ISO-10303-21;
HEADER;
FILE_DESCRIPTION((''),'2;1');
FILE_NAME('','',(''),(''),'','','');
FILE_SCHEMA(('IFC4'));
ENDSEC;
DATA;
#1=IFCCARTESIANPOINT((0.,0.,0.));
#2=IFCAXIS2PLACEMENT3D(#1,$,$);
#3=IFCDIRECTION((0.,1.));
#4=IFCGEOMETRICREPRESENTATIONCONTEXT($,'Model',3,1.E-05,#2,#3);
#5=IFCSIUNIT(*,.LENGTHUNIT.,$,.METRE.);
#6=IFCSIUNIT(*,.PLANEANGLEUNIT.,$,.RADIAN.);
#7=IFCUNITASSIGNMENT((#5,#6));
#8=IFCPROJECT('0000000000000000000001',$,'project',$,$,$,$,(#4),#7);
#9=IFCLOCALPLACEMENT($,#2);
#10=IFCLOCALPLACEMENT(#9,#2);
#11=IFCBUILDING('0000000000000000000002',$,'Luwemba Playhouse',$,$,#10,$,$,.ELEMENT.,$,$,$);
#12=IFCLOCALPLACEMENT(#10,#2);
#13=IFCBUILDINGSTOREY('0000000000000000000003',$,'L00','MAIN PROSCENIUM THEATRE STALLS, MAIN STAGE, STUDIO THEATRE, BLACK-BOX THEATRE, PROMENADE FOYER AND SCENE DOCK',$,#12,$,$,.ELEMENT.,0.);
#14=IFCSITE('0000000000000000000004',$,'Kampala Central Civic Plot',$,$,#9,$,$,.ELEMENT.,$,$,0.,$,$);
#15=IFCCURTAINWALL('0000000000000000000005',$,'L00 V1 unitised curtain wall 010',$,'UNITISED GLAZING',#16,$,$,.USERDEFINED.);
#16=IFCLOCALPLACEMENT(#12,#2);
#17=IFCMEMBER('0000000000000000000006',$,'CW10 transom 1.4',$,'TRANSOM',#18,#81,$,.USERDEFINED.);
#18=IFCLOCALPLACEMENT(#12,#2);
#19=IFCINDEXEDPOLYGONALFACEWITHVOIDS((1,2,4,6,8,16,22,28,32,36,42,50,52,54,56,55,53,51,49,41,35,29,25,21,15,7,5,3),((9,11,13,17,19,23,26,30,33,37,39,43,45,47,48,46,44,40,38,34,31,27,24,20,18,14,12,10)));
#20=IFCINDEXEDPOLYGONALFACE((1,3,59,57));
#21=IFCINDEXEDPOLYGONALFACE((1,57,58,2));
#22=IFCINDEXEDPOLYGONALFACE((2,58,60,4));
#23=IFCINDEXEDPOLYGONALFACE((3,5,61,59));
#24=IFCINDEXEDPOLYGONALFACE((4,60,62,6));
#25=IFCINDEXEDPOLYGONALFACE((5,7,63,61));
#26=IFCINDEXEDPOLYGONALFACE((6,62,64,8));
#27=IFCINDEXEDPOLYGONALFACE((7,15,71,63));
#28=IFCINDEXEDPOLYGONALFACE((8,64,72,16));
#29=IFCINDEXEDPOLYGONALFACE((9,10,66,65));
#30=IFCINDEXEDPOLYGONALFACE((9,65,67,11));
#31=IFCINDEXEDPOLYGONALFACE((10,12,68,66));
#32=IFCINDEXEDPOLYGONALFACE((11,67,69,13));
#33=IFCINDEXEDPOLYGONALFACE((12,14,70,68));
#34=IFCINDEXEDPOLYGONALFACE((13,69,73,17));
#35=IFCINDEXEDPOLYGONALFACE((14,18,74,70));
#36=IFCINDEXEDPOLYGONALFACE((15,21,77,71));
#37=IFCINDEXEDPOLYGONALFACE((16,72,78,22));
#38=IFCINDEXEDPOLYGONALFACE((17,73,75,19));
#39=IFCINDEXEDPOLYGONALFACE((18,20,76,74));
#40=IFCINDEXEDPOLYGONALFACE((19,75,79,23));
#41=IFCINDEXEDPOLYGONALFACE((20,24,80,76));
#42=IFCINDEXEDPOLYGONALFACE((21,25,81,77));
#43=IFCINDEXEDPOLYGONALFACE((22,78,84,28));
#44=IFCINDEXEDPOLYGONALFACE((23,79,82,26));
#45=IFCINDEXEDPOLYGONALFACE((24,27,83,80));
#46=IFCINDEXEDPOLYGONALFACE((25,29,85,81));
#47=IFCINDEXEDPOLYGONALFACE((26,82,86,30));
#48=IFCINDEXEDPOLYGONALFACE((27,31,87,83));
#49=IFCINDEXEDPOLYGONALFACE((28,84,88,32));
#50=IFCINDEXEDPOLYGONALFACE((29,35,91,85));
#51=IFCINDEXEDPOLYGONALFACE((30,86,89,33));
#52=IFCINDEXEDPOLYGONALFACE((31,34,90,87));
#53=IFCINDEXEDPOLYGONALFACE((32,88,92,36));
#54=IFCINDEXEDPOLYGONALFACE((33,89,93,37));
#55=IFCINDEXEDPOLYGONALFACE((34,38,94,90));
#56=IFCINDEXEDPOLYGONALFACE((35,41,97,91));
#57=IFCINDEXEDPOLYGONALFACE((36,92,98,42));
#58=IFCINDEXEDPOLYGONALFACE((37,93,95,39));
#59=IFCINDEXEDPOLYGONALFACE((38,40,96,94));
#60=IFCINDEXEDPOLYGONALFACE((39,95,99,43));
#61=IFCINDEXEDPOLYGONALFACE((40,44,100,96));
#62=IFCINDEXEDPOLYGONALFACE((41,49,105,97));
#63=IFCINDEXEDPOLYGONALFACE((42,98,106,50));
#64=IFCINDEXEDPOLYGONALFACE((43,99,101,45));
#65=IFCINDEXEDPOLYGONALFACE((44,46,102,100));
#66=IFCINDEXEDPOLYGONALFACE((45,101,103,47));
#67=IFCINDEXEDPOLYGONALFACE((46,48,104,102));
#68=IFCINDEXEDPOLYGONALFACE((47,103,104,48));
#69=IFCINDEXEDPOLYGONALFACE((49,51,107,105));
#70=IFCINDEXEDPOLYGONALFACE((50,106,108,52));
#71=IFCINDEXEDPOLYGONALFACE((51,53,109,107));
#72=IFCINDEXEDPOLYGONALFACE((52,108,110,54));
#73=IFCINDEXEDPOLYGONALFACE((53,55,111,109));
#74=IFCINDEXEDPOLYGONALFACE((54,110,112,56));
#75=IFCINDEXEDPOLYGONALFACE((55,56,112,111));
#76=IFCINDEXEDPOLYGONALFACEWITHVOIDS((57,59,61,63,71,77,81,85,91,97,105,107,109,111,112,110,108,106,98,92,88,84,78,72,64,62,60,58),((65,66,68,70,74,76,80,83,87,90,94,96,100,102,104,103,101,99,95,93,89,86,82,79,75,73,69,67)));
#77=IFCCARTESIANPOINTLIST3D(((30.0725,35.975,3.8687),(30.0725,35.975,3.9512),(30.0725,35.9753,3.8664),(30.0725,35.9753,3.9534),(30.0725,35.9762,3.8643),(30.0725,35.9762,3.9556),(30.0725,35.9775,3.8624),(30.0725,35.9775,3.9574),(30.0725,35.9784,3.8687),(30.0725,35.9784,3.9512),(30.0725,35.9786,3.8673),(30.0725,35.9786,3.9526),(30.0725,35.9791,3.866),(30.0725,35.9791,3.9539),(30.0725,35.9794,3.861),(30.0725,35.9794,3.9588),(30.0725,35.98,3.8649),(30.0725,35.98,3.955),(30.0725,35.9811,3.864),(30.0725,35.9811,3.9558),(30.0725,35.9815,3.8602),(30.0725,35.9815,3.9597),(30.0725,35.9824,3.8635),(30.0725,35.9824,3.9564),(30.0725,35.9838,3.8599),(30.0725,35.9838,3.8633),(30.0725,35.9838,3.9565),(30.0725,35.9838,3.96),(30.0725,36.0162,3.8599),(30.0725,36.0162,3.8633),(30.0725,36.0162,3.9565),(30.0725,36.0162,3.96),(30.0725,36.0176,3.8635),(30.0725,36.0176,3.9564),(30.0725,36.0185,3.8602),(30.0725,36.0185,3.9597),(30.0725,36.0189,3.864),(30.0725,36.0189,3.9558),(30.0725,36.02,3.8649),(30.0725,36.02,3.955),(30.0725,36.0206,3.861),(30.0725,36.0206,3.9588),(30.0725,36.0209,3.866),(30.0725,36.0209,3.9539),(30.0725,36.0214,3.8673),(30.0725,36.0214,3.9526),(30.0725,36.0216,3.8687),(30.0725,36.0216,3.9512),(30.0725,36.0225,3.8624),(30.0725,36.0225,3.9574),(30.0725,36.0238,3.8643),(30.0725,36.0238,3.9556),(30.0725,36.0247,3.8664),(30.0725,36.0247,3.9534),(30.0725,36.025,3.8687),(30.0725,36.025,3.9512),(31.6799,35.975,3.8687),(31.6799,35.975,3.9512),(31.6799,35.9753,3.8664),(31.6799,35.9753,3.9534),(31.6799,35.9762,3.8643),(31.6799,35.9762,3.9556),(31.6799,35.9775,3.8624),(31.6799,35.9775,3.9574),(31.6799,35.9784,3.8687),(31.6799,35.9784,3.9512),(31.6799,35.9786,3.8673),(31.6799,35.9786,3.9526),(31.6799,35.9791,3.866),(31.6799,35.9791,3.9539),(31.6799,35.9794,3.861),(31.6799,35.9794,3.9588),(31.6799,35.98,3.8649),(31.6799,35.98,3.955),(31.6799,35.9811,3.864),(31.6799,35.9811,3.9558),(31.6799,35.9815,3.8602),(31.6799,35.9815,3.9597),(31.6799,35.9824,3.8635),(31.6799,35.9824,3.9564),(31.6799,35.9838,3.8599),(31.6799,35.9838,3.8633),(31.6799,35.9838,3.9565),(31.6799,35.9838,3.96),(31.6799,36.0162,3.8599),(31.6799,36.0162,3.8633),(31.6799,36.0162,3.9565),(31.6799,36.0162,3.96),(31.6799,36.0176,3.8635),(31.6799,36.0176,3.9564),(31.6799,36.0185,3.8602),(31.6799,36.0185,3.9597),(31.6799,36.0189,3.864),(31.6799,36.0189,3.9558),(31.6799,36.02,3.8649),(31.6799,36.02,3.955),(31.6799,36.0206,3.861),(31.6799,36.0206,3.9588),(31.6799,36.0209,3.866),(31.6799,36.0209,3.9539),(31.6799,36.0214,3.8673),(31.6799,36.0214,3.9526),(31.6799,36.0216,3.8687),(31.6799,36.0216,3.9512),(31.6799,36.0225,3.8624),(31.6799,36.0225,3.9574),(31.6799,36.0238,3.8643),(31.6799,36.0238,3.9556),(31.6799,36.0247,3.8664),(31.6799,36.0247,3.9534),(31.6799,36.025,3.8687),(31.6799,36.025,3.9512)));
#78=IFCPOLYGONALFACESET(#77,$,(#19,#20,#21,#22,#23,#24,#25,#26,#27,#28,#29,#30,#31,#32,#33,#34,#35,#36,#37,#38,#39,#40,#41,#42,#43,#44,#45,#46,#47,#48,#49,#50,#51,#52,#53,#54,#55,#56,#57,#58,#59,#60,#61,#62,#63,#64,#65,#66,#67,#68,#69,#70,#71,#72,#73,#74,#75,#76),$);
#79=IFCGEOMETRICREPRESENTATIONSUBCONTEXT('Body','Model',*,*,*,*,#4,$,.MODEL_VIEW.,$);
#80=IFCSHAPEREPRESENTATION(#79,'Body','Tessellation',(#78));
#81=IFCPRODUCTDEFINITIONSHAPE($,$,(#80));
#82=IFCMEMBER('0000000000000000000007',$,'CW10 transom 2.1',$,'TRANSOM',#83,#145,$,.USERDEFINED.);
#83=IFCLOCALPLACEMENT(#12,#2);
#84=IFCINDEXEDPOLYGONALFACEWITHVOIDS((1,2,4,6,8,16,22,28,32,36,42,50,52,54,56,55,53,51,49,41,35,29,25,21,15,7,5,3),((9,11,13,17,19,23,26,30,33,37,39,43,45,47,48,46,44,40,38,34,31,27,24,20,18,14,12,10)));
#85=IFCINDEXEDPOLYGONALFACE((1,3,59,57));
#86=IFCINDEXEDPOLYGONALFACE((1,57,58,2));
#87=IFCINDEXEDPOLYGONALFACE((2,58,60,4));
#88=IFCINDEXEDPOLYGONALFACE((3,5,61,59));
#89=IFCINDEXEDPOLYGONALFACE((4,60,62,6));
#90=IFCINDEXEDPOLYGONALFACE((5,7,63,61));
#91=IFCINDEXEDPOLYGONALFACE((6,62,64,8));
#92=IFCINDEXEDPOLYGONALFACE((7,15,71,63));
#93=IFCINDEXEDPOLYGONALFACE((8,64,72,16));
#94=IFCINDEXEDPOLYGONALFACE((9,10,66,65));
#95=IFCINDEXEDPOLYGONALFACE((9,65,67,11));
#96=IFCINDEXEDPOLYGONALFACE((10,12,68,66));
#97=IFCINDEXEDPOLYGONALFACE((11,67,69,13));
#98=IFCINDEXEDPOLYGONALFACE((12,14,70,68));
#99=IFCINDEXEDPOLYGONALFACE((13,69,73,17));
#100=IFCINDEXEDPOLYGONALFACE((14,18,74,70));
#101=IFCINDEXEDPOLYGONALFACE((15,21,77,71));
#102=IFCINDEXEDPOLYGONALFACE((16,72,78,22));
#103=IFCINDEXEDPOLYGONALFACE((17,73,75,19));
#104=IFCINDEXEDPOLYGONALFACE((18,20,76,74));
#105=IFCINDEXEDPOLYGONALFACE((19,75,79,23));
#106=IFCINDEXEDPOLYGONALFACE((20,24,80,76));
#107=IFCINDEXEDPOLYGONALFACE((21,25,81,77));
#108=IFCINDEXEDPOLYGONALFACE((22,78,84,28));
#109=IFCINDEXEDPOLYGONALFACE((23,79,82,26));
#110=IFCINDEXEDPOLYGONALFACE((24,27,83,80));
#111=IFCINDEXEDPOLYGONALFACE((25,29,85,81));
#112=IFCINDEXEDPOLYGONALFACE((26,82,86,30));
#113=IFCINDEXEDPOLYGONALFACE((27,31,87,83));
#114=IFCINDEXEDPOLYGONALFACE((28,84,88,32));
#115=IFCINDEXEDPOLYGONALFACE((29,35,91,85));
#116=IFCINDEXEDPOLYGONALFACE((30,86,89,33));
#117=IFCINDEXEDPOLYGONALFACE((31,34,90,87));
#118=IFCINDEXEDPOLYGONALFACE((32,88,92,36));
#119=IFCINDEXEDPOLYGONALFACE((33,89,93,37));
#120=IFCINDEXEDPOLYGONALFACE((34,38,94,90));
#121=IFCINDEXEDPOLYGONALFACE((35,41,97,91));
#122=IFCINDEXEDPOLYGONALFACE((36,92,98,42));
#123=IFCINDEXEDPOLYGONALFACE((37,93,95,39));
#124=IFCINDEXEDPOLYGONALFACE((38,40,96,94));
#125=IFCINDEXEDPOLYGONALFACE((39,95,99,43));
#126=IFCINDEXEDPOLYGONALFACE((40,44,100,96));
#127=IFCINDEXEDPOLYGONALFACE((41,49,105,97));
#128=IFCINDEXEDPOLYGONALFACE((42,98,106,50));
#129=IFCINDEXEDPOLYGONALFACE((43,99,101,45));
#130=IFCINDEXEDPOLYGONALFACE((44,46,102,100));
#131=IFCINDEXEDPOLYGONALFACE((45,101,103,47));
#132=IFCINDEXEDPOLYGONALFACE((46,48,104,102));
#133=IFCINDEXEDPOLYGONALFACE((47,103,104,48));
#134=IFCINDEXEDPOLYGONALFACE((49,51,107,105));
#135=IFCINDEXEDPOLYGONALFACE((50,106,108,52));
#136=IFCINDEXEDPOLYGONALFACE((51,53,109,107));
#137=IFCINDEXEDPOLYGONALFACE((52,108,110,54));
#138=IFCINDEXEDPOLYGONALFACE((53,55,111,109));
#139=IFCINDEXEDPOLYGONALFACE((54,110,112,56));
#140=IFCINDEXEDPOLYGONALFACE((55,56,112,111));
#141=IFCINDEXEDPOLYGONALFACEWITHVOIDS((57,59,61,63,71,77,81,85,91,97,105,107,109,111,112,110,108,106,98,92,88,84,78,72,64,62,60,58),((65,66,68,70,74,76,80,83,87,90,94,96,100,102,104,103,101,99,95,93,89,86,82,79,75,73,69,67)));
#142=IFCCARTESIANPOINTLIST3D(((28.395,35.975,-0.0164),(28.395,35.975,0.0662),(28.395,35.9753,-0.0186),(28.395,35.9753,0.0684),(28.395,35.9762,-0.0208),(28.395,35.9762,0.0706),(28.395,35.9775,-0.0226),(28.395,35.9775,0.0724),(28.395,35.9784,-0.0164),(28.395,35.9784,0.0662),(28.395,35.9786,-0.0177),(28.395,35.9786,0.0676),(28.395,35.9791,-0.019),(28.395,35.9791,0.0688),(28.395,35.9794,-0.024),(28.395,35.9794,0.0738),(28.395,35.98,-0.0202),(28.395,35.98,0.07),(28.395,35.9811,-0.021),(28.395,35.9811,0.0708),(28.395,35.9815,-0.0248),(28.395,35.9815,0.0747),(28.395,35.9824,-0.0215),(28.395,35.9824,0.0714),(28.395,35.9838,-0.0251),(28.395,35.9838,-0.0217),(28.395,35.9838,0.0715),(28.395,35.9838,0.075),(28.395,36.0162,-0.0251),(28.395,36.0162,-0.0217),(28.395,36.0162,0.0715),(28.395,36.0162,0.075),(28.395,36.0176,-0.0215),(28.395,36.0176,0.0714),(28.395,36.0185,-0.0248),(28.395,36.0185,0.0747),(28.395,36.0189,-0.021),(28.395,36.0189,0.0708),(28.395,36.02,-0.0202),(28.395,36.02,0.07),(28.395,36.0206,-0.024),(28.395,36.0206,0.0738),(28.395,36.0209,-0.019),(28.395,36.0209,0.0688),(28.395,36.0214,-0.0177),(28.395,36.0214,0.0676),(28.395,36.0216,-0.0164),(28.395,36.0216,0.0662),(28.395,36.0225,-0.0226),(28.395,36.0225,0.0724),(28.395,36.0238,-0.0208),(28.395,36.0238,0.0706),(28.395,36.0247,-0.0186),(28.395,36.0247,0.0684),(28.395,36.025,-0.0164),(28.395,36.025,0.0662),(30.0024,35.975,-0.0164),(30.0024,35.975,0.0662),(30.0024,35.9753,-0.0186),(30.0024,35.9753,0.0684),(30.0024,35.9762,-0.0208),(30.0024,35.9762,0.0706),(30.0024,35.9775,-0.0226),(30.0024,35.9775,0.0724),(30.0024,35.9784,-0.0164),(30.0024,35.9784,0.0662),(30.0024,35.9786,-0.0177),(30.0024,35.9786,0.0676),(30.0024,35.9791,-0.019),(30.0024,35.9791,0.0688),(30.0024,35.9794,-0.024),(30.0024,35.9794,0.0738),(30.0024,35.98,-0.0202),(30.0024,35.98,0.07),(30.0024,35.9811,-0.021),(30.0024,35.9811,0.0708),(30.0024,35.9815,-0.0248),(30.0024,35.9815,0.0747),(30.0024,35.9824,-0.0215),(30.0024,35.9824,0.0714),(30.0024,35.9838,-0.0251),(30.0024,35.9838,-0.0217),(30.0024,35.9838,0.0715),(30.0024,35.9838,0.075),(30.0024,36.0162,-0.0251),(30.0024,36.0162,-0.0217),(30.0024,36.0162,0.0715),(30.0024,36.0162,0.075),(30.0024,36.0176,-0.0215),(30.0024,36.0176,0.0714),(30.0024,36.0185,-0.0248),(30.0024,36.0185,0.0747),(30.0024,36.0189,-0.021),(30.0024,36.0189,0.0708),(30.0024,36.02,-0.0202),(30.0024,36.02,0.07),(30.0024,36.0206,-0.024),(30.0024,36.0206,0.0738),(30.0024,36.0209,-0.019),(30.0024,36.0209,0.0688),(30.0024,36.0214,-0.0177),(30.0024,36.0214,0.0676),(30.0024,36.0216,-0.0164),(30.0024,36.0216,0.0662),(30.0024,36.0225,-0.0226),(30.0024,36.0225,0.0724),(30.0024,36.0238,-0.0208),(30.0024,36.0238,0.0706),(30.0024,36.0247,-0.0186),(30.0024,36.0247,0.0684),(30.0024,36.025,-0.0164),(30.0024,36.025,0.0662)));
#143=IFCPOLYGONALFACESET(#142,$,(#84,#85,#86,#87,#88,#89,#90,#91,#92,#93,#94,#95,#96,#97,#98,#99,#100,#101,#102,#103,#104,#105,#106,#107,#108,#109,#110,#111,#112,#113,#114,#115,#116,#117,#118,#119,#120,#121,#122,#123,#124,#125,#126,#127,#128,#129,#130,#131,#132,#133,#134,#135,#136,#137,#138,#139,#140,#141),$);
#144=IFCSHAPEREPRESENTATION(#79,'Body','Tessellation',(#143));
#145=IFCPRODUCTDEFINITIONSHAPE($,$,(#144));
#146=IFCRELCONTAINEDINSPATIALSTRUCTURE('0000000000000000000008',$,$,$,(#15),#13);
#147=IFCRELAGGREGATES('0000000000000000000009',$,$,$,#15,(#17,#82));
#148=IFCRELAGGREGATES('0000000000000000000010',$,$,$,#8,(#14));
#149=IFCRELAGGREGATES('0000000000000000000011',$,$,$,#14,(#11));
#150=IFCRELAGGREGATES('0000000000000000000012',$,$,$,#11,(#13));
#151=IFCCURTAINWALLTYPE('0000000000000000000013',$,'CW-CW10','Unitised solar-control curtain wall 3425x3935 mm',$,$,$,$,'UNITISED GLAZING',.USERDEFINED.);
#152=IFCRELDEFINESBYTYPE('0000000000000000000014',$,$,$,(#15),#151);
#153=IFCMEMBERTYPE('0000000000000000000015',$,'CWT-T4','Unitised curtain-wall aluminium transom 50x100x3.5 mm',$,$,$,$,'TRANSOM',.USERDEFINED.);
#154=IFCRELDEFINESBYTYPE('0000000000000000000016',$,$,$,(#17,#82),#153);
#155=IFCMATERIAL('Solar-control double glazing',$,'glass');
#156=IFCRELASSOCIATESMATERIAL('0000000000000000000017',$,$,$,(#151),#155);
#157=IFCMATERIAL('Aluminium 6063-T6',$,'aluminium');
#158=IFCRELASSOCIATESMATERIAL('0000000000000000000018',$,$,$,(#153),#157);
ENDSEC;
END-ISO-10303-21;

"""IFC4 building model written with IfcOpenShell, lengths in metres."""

from ifc_helpers import new_model, si_unit, direction, frame, origin, origin_2d, place, context, subcontext, project, spatial, hollow_rectangle, extrude, material, material_profile, profile_set, type_object, element, aggregate, save


model = new_model("IFC4")

# Units and contexts
model_context = context("Model", 3, precision=1e-05, world=origin(), true_north=direction((0.0, 1.0)))
body_context = subcontext(model_context, "Body", "Model", "MODEL_VIEW")
ifc_project = project(units=[si_unit("LENGTHUNIT", "METRE"), si_unit("PLANEANGLEUNIT", "RADIAN")], contexts=[model_context])

# Site, building, storey
site_placement = place(None, origin())
site = spatial("IfcSite", under=ifc_project, at=site_placement, Name="Kampala Central Civic Plot", CompositionType="ELEMENT", RefElevation=0.0)
building_placement = place(site_placement, origin())
building = spatial("IfcBuilding", under=site, at=building_placement, Name="Luwemba Playhouse", CompositionType="ELEMENT")
storey_placement = place(building_placement, origin())
storey = spatial("IfcBuildingStorey", under=building, at=storey_placement, Name="L00", Description="MAIN PROSCENIUM THEATRE STALLS, MAIN STAGE, STUDIO THEATRE, BLACK-BOX THEATRE, PROMENADE FOYER AND SCENE DOCK", CompositionType="ELEMENT", Elevation=0.0)

# Curtain wall, members
ifc_material_1 = material(Name="Solar-control double glazing", Category="glass")
curtain_wall_type = type_object("IfcCurtainWallType", Name="CW-CW10", Description="Unitised solar-control curtain wall 3425x3935 mm", ElementType="UNITISED GLAZING", PredefinedType="USERDEFINED", material=ifc_material_1)
curtain_wall_placement = place(storey_placement, origin())
curtain_wall = element("IfcCurtainWall", 1, at=curtain_wall_placement, inside=storey, type_object=curtain_wall_type, Name="L00 V1 unitised curtain wall 010", ObjectType="UNITISED GLAZING", PredefinedType="USERDEFINED")
ifc_material_2 = material(Name="Aluminium 6063-T6", Category="aluminium")
ifc_material_profile_1 = material_profile(ifc_material_2, hollow_rectangle(XDim=0.05, YDim=0.1001, WallThickness=0.0034, InnerFilletRadius=0.0054, OuterFilletRadius=0.0088, at=origin_2d()))
ifc_profile_set_1 = profile_set([ifc_material_profile_1], Name="Aluminium 6063-T6")
member_type_1 = type_object("IfcMemberType", Name="CWT-T4", Description="Unitised curtain-wall aluminium transom 50x100x3.5 mm", ElementType="TRANSOM", PredefinedType="USERDEFINED", material=ifc_profile_set_1)
member_1_placement = place(storey_placement, frame((31.6799, 36.0, 3.9099), z_axis=(-1.0, 0.0, 0.0), x_axis=(0.0, -1.0, 0.0)))
member_1 = element("IfcMember", 2, at=member_1_placement, type_object=member_type_1, Name="CW10 transom 1.4", ObjectType="TRANSOM", PredefinedType="USERDEFINED", context=body_context, shape_type="SweptSolid", body=[
    extrude(hollow_rectangle(XDim=0.05, YDim=0.1001, WallThickness=0.0034, InnerFilletRadius=0.0054, OuterFilletRadius=0.0088, at=origin_2d()), origin(), (0.0, 0.0, 1.0), 1.6074),
])
member_2_placement = place(storey_placement, frame((30.0024, 36.0, 0.0249), z_axis=(-1.0, 0.0, 0.0), x_axis=(0.0, -1.0, 0.0)))
member_2 = element("IfcMember", 3, at=member_2_placement, type_object=member_type_1, Name="CW10 transom 2.1", ObjectType="TRANSOM", PredefinedType="USERDEFINED", context=body_context, shape_type="SweptSolid", body=[
    extrude(hollow_rectangle(XDim=0.05, YDim=0.1001, WallThickness=0.0034, InnerFilletRadius=0.0054, OuterFilletRadius=0.0088, at=origin_2d()), origin(), (0.0, 0.0, 1.0), 1.6074),
])
aggregate(curtain_wall, [member_1, member_2])

save(model, "model.ifc")
